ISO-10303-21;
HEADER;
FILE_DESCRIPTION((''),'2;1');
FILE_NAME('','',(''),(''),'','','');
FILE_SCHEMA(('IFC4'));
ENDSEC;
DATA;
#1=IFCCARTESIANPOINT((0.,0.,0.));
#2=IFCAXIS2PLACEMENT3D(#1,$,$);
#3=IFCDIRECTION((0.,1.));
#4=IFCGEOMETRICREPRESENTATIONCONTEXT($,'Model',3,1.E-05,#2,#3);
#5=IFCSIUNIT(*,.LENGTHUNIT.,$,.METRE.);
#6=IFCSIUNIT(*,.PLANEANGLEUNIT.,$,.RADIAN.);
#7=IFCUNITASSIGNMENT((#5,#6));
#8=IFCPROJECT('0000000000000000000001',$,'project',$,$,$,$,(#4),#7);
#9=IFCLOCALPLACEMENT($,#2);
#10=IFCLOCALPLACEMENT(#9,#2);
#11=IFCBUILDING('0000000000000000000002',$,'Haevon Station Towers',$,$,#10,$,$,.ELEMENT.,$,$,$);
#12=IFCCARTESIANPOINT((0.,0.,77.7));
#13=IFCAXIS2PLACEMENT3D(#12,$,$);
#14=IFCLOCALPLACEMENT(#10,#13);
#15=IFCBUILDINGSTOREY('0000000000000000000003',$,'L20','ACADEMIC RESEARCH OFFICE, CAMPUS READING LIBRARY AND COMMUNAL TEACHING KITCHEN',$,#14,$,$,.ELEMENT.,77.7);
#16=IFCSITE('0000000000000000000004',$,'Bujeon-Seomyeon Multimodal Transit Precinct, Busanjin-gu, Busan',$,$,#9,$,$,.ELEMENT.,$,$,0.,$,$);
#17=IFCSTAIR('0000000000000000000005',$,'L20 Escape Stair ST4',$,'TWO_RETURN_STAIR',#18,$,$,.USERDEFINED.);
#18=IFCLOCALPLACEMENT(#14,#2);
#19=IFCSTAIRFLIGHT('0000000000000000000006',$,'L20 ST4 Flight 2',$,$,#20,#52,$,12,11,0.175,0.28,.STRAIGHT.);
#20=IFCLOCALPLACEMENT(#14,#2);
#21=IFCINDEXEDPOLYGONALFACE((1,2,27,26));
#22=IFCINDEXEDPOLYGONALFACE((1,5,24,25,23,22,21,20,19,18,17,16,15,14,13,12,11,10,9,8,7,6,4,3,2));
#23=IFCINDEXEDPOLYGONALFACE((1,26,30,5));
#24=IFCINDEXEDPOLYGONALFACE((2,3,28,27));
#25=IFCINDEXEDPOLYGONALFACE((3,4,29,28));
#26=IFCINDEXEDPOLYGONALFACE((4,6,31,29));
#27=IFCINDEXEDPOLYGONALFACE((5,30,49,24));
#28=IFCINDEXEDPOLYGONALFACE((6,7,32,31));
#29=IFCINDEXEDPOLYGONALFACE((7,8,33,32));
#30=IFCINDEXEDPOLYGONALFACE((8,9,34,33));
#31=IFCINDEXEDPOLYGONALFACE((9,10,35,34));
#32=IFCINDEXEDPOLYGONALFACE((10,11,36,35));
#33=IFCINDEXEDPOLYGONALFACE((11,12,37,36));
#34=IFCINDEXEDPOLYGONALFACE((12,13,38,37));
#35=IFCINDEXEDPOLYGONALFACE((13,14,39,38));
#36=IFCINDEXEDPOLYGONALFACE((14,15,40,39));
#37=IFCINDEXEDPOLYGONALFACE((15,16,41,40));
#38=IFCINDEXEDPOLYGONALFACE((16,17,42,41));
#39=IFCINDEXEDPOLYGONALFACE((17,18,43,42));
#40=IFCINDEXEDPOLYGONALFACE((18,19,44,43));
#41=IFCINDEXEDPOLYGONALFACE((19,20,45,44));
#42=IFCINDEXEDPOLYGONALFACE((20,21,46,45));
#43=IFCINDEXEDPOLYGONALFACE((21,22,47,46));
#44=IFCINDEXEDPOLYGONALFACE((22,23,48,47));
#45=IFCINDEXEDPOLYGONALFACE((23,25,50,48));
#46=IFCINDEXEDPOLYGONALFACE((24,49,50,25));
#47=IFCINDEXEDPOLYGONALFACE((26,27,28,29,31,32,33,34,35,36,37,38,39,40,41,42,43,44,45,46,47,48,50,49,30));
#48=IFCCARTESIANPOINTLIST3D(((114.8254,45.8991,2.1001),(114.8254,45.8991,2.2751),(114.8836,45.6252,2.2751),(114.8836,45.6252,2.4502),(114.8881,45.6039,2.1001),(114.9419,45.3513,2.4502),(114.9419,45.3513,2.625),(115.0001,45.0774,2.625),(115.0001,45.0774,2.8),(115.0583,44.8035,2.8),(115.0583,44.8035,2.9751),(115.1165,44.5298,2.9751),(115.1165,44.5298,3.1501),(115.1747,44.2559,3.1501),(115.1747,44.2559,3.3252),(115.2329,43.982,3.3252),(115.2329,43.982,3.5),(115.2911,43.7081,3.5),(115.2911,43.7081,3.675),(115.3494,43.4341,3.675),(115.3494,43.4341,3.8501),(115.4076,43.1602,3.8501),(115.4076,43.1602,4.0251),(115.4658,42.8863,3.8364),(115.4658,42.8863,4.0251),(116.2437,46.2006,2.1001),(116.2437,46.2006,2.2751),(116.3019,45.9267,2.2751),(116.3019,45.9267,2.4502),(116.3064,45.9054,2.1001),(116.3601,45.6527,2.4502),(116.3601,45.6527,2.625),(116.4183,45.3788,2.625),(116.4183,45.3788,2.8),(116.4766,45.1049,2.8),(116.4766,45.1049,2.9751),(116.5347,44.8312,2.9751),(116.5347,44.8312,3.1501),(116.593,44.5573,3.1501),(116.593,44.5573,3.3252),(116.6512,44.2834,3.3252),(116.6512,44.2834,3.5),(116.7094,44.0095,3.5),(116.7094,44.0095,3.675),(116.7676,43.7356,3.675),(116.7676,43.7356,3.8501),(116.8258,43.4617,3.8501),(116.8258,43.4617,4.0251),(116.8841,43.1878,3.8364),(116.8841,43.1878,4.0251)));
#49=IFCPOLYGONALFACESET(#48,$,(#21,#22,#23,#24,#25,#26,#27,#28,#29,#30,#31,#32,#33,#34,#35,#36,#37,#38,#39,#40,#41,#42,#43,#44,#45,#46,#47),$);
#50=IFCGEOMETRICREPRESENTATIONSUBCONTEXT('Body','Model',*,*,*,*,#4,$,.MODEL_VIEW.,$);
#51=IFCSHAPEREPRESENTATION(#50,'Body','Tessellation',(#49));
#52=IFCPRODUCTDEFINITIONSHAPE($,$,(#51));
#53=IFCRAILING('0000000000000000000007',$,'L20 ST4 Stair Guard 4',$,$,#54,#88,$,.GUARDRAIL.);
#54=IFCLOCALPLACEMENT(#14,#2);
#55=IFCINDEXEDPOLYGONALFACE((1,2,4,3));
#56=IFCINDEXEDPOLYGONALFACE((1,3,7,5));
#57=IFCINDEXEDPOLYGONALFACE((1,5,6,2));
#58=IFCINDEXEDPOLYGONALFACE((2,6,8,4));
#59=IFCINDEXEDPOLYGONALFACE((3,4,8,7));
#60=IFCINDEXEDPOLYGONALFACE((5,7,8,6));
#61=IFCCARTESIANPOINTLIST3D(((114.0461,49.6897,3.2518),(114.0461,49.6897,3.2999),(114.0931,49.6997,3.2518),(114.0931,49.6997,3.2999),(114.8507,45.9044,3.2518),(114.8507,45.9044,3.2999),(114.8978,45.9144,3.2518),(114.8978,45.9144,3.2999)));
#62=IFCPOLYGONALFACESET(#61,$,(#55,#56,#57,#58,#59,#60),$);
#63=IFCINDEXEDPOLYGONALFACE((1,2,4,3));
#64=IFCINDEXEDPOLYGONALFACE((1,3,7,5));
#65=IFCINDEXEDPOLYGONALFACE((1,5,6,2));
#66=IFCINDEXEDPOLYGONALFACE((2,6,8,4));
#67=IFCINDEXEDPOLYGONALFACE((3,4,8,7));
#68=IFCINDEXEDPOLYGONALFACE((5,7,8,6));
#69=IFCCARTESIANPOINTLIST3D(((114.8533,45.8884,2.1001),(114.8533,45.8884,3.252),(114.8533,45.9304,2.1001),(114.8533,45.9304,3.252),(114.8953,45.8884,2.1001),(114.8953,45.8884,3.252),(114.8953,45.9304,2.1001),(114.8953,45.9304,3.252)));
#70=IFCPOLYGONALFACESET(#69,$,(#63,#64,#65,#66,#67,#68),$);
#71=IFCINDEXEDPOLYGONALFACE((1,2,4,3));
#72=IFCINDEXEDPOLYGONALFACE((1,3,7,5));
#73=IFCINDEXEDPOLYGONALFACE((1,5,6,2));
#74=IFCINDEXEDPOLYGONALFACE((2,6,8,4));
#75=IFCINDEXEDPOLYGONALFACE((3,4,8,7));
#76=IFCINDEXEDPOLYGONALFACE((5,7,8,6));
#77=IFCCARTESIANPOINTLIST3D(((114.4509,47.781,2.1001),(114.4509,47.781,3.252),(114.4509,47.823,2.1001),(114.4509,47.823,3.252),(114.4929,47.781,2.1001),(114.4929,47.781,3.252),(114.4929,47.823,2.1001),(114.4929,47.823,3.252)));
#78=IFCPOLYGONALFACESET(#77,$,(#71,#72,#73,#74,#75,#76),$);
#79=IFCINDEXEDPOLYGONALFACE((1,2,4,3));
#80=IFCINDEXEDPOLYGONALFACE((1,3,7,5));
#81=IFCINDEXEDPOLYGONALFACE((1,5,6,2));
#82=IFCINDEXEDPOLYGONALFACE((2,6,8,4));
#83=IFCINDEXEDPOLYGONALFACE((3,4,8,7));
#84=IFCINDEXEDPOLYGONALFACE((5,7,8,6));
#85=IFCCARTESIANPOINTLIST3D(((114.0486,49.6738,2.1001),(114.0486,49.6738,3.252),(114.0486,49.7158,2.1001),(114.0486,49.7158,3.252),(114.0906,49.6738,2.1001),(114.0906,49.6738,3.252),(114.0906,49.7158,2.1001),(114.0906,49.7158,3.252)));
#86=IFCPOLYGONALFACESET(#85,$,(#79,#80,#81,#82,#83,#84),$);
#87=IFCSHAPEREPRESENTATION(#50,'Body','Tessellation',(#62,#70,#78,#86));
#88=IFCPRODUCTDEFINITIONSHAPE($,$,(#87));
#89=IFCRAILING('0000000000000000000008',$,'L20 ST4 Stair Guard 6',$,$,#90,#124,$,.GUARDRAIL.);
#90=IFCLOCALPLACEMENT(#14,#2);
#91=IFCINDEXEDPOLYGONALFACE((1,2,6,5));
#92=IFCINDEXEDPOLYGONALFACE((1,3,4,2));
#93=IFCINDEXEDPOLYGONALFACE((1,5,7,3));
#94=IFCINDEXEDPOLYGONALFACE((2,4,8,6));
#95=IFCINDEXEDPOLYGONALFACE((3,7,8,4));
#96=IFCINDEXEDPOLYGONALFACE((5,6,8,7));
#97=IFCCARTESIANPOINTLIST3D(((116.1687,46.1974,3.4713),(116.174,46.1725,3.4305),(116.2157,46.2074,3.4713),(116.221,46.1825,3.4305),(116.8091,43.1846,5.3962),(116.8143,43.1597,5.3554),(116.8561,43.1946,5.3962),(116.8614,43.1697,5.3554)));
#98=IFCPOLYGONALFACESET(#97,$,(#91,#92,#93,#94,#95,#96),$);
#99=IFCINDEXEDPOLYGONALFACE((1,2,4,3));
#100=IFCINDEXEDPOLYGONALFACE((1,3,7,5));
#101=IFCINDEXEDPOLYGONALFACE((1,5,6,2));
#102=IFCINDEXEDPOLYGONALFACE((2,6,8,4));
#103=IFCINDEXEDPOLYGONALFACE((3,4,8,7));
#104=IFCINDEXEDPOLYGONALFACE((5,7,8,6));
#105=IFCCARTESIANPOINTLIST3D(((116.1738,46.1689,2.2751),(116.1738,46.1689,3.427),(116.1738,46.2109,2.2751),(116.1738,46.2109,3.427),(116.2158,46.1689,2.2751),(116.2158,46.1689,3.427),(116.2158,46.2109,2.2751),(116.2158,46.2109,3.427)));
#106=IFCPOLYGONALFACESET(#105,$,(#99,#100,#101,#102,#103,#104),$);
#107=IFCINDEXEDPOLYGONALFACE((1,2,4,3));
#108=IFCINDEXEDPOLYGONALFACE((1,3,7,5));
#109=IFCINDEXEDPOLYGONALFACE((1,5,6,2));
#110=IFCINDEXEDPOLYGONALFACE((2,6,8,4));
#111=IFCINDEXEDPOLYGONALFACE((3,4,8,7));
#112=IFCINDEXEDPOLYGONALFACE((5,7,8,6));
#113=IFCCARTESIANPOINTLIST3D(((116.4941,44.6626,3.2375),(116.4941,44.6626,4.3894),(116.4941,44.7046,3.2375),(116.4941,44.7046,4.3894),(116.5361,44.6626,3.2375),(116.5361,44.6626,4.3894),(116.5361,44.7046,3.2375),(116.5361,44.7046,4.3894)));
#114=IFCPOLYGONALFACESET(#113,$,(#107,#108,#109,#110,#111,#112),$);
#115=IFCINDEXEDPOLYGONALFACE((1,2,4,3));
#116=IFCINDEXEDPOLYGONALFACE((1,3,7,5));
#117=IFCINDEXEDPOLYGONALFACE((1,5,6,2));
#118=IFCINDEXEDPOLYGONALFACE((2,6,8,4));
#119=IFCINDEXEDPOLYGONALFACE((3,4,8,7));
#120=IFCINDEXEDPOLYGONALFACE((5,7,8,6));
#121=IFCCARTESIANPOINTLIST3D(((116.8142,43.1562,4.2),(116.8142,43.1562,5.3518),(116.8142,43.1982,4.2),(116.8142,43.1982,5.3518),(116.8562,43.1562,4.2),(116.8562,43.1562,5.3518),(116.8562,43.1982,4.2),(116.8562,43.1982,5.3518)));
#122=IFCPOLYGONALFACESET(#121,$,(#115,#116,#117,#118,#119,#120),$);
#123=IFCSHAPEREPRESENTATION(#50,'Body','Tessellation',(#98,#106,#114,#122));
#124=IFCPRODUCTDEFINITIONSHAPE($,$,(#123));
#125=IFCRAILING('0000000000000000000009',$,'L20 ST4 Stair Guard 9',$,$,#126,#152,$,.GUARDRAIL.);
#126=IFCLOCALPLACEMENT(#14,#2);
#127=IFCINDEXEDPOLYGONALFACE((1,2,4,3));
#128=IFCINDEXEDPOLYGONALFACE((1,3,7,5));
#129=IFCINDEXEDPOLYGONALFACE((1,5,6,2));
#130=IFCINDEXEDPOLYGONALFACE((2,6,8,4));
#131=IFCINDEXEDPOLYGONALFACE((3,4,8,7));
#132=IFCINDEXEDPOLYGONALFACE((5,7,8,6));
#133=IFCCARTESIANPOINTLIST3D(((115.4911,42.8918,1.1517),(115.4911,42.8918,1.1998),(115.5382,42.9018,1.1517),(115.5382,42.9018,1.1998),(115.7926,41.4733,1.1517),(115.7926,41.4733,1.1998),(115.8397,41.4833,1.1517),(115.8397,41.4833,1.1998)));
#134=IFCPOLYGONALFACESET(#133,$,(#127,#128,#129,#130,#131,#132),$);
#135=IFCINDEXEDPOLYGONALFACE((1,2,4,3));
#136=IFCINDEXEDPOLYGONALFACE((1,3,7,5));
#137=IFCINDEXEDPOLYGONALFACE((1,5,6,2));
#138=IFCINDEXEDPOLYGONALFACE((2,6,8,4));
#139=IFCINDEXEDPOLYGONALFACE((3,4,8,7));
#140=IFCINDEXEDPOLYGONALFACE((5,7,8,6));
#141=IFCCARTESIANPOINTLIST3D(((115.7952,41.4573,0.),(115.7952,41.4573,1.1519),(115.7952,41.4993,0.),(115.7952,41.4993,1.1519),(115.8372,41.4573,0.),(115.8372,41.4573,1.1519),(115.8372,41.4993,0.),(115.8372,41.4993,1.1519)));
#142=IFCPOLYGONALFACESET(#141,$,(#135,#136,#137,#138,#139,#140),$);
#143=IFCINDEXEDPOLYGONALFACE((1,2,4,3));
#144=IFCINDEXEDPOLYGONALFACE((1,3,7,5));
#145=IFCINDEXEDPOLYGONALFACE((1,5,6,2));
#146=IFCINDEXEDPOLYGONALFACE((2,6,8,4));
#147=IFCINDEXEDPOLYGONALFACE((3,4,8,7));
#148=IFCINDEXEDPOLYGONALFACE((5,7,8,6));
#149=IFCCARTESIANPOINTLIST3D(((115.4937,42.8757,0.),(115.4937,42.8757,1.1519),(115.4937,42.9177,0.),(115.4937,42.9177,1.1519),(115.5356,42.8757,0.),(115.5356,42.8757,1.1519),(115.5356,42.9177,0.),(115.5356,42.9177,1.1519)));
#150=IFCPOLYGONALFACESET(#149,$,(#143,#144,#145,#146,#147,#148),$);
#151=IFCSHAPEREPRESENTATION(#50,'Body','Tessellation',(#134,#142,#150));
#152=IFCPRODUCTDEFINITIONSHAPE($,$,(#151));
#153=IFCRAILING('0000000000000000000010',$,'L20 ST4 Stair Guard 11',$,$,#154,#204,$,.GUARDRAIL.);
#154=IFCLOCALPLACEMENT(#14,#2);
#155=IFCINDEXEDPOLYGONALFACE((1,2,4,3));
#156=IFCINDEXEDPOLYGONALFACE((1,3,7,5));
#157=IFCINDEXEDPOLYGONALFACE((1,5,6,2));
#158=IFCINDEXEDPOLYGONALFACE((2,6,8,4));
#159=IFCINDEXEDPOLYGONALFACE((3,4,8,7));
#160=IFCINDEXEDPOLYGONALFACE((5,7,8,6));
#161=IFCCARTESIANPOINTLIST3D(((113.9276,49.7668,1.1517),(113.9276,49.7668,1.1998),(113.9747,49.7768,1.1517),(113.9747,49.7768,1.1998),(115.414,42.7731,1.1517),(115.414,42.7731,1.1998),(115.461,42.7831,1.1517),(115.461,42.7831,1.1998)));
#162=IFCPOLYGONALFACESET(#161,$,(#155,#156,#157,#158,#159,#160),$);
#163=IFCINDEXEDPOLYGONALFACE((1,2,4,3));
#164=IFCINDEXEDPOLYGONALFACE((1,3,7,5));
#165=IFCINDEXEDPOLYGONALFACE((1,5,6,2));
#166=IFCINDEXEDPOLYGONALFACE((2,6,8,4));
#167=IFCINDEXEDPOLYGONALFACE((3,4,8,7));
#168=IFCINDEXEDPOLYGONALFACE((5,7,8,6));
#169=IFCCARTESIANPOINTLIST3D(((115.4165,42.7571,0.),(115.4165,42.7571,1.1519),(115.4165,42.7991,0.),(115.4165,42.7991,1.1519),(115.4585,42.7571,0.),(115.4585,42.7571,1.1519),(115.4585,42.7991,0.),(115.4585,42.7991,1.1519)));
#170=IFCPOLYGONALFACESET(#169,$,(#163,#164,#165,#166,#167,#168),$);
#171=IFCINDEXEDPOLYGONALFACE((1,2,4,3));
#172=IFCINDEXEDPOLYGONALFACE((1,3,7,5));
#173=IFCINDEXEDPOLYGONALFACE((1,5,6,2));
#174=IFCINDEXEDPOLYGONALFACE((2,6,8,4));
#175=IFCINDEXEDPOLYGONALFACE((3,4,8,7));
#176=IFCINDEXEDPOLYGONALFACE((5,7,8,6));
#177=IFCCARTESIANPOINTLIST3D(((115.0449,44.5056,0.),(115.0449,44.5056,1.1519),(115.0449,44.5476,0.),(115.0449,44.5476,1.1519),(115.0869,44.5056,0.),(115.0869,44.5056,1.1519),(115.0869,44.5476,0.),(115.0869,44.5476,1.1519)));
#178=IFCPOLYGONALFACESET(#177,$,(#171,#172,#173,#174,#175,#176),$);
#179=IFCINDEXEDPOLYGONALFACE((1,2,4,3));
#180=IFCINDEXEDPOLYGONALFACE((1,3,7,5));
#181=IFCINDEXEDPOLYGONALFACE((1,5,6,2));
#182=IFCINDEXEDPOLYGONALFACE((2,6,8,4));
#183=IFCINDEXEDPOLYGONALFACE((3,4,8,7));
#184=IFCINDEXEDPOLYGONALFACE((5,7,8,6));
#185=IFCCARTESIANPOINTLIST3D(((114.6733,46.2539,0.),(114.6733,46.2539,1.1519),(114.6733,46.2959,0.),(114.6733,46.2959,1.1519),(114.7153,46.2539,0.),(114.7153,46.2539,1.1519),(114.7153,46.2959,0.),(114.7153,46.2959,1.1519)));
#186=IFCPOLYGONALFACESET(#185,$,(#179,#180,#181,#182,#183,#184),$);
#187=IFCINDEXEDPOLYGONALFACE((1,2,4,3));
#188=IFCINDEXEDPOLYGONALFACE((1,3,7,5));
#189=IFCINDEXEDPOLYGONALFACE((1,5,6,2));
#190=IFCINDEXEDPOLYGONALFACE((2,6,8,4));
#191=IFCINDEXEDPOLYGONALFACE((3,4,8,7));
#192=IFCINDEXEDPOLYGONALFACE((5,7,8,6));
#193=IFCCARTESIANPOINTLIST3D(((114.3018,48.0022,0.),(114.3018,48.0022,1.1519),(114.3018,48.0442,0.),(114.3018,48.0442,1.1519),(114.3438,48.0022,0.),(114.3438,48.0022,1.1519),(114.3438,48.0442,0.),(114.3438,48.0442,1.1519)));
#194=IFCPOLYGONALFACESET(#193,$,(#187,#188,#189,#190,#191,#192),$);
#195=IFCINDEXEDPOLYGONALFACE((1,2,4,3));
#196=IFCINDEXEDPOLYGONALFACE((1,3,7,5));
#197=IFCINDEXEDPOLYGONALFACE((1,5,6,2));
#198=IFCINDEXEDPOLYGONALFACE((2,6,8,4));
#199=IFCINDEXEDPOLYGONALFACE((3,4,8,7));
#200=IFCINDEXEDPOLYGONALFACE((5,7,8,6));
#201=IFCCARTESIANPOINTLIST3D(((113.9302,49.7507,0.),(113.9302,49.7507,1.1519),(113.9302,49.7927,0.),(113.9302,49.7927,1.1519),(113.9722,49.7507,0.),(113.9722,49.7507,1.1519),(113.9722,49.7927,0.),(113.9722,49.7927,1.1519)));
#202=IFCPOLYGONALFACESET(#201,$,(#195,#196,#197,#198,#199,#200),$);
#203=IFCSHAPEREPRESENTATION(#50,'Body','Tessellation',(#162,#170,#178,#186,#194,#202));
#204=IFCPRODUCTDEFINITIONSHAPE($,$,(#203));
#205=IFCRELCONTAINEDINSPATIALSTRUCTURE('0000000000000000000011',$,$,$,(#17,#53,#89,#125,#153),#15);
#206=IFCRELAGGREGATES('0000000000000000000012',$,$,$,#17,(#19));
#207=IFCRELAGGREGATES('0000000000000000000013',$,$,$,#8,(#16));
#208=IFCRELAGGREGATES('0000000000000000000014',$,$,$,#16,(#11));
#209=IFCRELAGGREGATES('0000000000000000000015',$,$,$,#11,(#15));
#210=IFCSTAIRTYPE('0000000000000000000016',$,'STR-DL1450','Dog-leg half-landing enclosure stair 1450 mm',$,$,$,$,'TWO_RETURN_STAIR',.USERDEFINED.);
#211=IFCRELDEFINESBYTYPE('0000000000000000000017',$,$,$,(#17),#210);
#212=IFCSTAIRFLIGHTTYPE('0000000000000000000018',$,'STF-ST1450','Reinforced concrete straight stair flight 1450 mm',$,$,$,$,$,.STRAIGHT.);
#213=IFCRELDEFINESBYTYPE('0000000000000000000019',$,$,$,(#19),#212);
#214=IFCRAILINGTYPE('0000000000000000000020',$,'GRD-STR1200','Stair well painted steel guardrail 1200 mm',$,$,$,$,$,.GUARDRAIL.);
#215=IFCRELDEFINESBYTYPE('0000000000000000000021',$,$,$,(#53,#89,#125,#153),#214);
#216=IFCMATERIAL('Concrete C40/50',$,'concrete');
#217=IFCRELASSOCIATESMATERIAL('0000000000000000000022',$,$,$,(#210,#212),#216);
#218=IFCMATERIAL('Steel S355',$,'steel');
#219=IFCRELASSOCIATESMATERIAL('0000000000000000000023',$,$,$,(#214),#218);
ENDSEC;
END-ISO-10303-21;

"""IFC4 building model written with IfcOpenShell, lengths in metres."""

from ifc_helpers import new_model, si_unit, direction, frame, origin, origin_2d, place, context, subcontext, project, spatial, polyline, rectangle, outline, extrude, material, type_object, element, aggregate, save


model = new_model("IFC4")

# Units and contexts
model_context = context("Model", 3, precision=1e-05, world=origin(), true_north=direction((0.0, 1.0)))
body_context = subcontext(model_context, "Body", "Model", "MODEL_VIEW")
ifc_project = project(units=[si_unit("LENGTHUNIT", "METRE"), si_unit("PLANEANGLEUNIT", "RADIAN")], contexts=[model_context])

# Site, building, storey
site_placement = place(None, origin())
site = spatial("IfcSite", under=ifc_project, at=site_placement, Name="Bujeon-Seomyeon Multimodal Transit Precinct, Busanjin-gu, Busan", CompositionType="ELEMENT", RefElevation=0.0)
building_placement = place(site_placement, origin())
building = spatial("IfcBuilding", under=site, at=building_placement, Name="Haevon Station Towers", CompositionType="ELEMENT")
storey_placement = place(building_placement, frame((0.0, 0.0, 77.7)))
storey = spatial("IfcBuildingStorey", under=building, at=storey_placement, Name="L20", Description="ACADEMIC RESEARCH OFFICE, CAMPUS READING LIBRARY AND COMMUNAL TEACHING KITCHEN", CompositionType="ELEMENT", Elevation=77.7)

# Shared definitions
ifc_material_1 = material(Name="Steel S355", Category="steel")

# Shared definitions
ifc_material_2 = material(Name="Concrete C40/50", Category="concrete")

# Stair, stair flight
stair_type = type_object("IfcStairType", Name="STR-DL1450", Description="Dog-leg half-landing enclosure stair 1450 mm", ElementType="TWO_RETURN_STAIR", PredefinedType="USERDEFINED", material=ifc_material_2)
stair_placement = place(storey_placement, origin())
stair = element("IfcStair", 1, at=stair_placement, inside=storey, type_object=stair_type, Name="L20 Escape Stair ST4", ObjectType="TWO_RETURN_STAIR", PredefinedType="USERDEFINED")
stair_flight_type = type_object("IfcStairFlightType", Name="STF-ST1450", Description="Reinforced concrete straight stair flight 1450 mm", PredefinedType="STRAIGHT", material=ifc_material_2)
stair_flight_placement = place(storey_placement, frame((115.5344, 46.0498, 2.1001), z_axis=(0.0, 0.0, 1.0), x_axis=(0.207912, -0.978148, 0.0)))
stair_flight = element("IfcStairFlight", 2, at=stair_flight_placement, type_object=stair_flight_type, Name="L20 ST4 Flight 2", NumberOfRisers=12, NumberOfTreads=11, PredefinedType="STRAIGHT", RiserHeight=0.175, TreadLength=0.28, context=body_context, shape_type="SweptSolid", body=[
    extrude(outline(polyline([(0.0, 0.0), (0.0, 0.175), (0.28, 0.175), (0.28, 0.3501), (0.5601, 0.3501), (0.5601, 0.5249), (0.8401, 0.5249), (0.8401, 0.7), (1.1201, 0.7), (1.1201, 0.875), (1.3999, 0.875), (1.3999, 1.05), (1.6799, 1.05), (1.6799, 1.2251), (1.96, 1.2251), (1.96, 1.3999), (2.24, 1.3999), (2.24, 1.575), (2.52, 1.575), (2.52, 1.75), (2.8, 1.75), (2.8, 1.925), (3.0801, 1.925), (3.0801, 2.1001), (3.0801, 1.7363), (0.3018, 0.0), (0.0, 0.0)])), frame((0.0, 0.7251, 0.0), z_axis=(0.0, -1.0, 0.0), x_axis=(1.0, 0.0, 0.0)), (0.0, 0.0, 1.0), 1.45),
])
aggregate(stair, [stair_flight])

# Railings
railing_type_1 = type_object("IfcRailingType", Name="GRD-STR1200", Description="Stair well painted steel guardrail 1200 mm", PredefinedType="GUARDRAIL", material=ifc_material_1)
railing_1_placement = place(storey_placement, frame((114.8743, 45.9094, 2.1001)))
element("IfcRailing", 3, at=railing_1_placement, inside=storey, type_object=railing_type_1, Name="L20 ST4 Stair Guard 4", PredefinedType="GUARDRAIL", context=body_context, shape_type="SweptSolid", body=[
    extrude(rectangle(XDim=0.0481, YDim=0.0481, at=origin_2d()), frame((0.0, 0.0, 1.1758), z_axis=(-0.20793, 0.978144, 0.0), x_axis=(-0.978144, -0.20793, 0.0)), (0.0, 0.0, 1.0), 3.8699),
    extrude(rectangle(XDim=0.042, YDim=0.042, at=origin_2d()), origin(), (0.0, 0.0, 1.0), 1.1519),
    extrude(rectangle(XDim=0.042, YDim=0.042, at=origin_2d()), frame((-0.4023, 1.8926, 0.0)), (0.0, 0.0, 1.0), 1.1519),
    extrude(rectangle(XDim=0.042, YDim=0.042, at=origin_2d()), frame((-0.8047, 3.7854, 0.0)), (0.0, 0.0, 1.0), 1.1519),
])
railing_2_placement = place(storey_placement, frame((116.1948, 46.1899, 2.2751)))
element("IfcRailing", 4, at=railing_2_placement, inside=storey, type_object=railing_type_1, Name="L20 ST4 Stair Guard 6", PredefinedType="GUARDRAIL", context=body_context, shape_type="SweptSolid", body=[
    extrude(rectangle(XDim=0.0481, YDim=0.0481, at=origin_2d()), frame((0.0, 0.0, 1.1758), z_axis=(0.176317, -0.829491, 0.52996), x_axis=(0.978147, 0.207916, 0.0)), (0.0, 0.0, 1.0), 3.6321),
    extrude(rectangle(XDim=0.042, YDim=0.042, at=origin_2d()), origin(), (0.0, 0.0, 1.0), 1.1519),
    extrude(rectangle(XDim=0.042, YDim=0.042, at=origin_2d()), frame((0.3203, -1.5063, 0.9624)), (0.0, 0.0, 1.0), 1.1519),
    extrude(rectangle(XDim=0.042, YDim=0.042, at=origin_2d()), frame((0.6404, -3.0127, 1.9248)), (0.0, 0.0, 1.0), 1.1519),
])
railing_3_placement = place(storey_placement, frame((115.8162, 41.4783, 0.0)))
element("IfcRailing", 5, at=railing_3_placement, inside=storey, type_object=railing_type_1, Name="L20 ST4 Stair Guard 9", PredefinedType="GUARDRAIL", context=body_context, shape_type="SweptSolid", body=[
    extrude(rectangle(XDim=0.0481, YDim=0.0481, at=origin_2d()), frame((0.0, 0.0, 1.1758), z_axis=(-0.207919, 0.978146, 0.0), x_axis=(-0.978146, -0.207919, 0.0)), (0.0, 0.0, 1.0), 1.4502),
    extrude(rectangle(XDim=0.042, YDim=0.042, at=origin_2d()), origin(), (0.0, 0.0, 1.0), 1.1519),
    extrude(rectangle(XDim=0.042, YDim=0.042, at=origin_2d()), frame((-0.3015, 1.4185, 0.0)), (0.0, 0.0, 1.0), 1.1519),
])
railing_4_placement = place(storey_placement, frame((115.4375, 42.7781, 0.0)))
element("IfcRailing", 6, at=railing_4_placement, inside=storey, type_object=railing_type_1, Name="L20 ST4 Stair Guard 11", PredefinedType="GUARDRAIL", context=body_context, shape_type="SweptSolid", body=[
    extrude(rectangle(XDim=0.0481, YDim=0.0481, at=origin_2d()), frame((0.0, 0.0, 1.1758), z_axis=(-0.207882, 0.978154, 0.0), x_axis=(-0.978154, -0.207882, 0.0)), (0.0, 0.0, 1.0), 7.1499),
    extrude(rectangle(XDim=0.042, YDim=0.042, at=origin_2d()), origin(), (0.0, 0.0, 1.0), 1.1519),
    extrude(rectangle(XDim=0.042, YDim=0.042, at=origin_2d()), frame((-0.3716, 1.7485, 0.0)), (0.0, 0.0, 1.0), 1.1519),
    extrude(rectangle(XDim=0.042, YDim=0.042, at=origin_2d()), frame((-0.7432, 3.4968, 0.0)), (0.0, 0.0, 1.0), 1.1519),
    extrude(rectangle(XDim=0.042, YDim=0.042, at=origin_2d()), frame((-1.1147, 5.2451, 0.0)), (0.0, 0.0, 1.0), 1.1519),
    extrude(rectangle(XDim=0.042, YDim=0.042, at=origin_2d()), frame((-1.4863, 6.9937, 0.0)), (0.0, 0.0, 1.0), 1.1519),
])

save(model, "model.ifc")
